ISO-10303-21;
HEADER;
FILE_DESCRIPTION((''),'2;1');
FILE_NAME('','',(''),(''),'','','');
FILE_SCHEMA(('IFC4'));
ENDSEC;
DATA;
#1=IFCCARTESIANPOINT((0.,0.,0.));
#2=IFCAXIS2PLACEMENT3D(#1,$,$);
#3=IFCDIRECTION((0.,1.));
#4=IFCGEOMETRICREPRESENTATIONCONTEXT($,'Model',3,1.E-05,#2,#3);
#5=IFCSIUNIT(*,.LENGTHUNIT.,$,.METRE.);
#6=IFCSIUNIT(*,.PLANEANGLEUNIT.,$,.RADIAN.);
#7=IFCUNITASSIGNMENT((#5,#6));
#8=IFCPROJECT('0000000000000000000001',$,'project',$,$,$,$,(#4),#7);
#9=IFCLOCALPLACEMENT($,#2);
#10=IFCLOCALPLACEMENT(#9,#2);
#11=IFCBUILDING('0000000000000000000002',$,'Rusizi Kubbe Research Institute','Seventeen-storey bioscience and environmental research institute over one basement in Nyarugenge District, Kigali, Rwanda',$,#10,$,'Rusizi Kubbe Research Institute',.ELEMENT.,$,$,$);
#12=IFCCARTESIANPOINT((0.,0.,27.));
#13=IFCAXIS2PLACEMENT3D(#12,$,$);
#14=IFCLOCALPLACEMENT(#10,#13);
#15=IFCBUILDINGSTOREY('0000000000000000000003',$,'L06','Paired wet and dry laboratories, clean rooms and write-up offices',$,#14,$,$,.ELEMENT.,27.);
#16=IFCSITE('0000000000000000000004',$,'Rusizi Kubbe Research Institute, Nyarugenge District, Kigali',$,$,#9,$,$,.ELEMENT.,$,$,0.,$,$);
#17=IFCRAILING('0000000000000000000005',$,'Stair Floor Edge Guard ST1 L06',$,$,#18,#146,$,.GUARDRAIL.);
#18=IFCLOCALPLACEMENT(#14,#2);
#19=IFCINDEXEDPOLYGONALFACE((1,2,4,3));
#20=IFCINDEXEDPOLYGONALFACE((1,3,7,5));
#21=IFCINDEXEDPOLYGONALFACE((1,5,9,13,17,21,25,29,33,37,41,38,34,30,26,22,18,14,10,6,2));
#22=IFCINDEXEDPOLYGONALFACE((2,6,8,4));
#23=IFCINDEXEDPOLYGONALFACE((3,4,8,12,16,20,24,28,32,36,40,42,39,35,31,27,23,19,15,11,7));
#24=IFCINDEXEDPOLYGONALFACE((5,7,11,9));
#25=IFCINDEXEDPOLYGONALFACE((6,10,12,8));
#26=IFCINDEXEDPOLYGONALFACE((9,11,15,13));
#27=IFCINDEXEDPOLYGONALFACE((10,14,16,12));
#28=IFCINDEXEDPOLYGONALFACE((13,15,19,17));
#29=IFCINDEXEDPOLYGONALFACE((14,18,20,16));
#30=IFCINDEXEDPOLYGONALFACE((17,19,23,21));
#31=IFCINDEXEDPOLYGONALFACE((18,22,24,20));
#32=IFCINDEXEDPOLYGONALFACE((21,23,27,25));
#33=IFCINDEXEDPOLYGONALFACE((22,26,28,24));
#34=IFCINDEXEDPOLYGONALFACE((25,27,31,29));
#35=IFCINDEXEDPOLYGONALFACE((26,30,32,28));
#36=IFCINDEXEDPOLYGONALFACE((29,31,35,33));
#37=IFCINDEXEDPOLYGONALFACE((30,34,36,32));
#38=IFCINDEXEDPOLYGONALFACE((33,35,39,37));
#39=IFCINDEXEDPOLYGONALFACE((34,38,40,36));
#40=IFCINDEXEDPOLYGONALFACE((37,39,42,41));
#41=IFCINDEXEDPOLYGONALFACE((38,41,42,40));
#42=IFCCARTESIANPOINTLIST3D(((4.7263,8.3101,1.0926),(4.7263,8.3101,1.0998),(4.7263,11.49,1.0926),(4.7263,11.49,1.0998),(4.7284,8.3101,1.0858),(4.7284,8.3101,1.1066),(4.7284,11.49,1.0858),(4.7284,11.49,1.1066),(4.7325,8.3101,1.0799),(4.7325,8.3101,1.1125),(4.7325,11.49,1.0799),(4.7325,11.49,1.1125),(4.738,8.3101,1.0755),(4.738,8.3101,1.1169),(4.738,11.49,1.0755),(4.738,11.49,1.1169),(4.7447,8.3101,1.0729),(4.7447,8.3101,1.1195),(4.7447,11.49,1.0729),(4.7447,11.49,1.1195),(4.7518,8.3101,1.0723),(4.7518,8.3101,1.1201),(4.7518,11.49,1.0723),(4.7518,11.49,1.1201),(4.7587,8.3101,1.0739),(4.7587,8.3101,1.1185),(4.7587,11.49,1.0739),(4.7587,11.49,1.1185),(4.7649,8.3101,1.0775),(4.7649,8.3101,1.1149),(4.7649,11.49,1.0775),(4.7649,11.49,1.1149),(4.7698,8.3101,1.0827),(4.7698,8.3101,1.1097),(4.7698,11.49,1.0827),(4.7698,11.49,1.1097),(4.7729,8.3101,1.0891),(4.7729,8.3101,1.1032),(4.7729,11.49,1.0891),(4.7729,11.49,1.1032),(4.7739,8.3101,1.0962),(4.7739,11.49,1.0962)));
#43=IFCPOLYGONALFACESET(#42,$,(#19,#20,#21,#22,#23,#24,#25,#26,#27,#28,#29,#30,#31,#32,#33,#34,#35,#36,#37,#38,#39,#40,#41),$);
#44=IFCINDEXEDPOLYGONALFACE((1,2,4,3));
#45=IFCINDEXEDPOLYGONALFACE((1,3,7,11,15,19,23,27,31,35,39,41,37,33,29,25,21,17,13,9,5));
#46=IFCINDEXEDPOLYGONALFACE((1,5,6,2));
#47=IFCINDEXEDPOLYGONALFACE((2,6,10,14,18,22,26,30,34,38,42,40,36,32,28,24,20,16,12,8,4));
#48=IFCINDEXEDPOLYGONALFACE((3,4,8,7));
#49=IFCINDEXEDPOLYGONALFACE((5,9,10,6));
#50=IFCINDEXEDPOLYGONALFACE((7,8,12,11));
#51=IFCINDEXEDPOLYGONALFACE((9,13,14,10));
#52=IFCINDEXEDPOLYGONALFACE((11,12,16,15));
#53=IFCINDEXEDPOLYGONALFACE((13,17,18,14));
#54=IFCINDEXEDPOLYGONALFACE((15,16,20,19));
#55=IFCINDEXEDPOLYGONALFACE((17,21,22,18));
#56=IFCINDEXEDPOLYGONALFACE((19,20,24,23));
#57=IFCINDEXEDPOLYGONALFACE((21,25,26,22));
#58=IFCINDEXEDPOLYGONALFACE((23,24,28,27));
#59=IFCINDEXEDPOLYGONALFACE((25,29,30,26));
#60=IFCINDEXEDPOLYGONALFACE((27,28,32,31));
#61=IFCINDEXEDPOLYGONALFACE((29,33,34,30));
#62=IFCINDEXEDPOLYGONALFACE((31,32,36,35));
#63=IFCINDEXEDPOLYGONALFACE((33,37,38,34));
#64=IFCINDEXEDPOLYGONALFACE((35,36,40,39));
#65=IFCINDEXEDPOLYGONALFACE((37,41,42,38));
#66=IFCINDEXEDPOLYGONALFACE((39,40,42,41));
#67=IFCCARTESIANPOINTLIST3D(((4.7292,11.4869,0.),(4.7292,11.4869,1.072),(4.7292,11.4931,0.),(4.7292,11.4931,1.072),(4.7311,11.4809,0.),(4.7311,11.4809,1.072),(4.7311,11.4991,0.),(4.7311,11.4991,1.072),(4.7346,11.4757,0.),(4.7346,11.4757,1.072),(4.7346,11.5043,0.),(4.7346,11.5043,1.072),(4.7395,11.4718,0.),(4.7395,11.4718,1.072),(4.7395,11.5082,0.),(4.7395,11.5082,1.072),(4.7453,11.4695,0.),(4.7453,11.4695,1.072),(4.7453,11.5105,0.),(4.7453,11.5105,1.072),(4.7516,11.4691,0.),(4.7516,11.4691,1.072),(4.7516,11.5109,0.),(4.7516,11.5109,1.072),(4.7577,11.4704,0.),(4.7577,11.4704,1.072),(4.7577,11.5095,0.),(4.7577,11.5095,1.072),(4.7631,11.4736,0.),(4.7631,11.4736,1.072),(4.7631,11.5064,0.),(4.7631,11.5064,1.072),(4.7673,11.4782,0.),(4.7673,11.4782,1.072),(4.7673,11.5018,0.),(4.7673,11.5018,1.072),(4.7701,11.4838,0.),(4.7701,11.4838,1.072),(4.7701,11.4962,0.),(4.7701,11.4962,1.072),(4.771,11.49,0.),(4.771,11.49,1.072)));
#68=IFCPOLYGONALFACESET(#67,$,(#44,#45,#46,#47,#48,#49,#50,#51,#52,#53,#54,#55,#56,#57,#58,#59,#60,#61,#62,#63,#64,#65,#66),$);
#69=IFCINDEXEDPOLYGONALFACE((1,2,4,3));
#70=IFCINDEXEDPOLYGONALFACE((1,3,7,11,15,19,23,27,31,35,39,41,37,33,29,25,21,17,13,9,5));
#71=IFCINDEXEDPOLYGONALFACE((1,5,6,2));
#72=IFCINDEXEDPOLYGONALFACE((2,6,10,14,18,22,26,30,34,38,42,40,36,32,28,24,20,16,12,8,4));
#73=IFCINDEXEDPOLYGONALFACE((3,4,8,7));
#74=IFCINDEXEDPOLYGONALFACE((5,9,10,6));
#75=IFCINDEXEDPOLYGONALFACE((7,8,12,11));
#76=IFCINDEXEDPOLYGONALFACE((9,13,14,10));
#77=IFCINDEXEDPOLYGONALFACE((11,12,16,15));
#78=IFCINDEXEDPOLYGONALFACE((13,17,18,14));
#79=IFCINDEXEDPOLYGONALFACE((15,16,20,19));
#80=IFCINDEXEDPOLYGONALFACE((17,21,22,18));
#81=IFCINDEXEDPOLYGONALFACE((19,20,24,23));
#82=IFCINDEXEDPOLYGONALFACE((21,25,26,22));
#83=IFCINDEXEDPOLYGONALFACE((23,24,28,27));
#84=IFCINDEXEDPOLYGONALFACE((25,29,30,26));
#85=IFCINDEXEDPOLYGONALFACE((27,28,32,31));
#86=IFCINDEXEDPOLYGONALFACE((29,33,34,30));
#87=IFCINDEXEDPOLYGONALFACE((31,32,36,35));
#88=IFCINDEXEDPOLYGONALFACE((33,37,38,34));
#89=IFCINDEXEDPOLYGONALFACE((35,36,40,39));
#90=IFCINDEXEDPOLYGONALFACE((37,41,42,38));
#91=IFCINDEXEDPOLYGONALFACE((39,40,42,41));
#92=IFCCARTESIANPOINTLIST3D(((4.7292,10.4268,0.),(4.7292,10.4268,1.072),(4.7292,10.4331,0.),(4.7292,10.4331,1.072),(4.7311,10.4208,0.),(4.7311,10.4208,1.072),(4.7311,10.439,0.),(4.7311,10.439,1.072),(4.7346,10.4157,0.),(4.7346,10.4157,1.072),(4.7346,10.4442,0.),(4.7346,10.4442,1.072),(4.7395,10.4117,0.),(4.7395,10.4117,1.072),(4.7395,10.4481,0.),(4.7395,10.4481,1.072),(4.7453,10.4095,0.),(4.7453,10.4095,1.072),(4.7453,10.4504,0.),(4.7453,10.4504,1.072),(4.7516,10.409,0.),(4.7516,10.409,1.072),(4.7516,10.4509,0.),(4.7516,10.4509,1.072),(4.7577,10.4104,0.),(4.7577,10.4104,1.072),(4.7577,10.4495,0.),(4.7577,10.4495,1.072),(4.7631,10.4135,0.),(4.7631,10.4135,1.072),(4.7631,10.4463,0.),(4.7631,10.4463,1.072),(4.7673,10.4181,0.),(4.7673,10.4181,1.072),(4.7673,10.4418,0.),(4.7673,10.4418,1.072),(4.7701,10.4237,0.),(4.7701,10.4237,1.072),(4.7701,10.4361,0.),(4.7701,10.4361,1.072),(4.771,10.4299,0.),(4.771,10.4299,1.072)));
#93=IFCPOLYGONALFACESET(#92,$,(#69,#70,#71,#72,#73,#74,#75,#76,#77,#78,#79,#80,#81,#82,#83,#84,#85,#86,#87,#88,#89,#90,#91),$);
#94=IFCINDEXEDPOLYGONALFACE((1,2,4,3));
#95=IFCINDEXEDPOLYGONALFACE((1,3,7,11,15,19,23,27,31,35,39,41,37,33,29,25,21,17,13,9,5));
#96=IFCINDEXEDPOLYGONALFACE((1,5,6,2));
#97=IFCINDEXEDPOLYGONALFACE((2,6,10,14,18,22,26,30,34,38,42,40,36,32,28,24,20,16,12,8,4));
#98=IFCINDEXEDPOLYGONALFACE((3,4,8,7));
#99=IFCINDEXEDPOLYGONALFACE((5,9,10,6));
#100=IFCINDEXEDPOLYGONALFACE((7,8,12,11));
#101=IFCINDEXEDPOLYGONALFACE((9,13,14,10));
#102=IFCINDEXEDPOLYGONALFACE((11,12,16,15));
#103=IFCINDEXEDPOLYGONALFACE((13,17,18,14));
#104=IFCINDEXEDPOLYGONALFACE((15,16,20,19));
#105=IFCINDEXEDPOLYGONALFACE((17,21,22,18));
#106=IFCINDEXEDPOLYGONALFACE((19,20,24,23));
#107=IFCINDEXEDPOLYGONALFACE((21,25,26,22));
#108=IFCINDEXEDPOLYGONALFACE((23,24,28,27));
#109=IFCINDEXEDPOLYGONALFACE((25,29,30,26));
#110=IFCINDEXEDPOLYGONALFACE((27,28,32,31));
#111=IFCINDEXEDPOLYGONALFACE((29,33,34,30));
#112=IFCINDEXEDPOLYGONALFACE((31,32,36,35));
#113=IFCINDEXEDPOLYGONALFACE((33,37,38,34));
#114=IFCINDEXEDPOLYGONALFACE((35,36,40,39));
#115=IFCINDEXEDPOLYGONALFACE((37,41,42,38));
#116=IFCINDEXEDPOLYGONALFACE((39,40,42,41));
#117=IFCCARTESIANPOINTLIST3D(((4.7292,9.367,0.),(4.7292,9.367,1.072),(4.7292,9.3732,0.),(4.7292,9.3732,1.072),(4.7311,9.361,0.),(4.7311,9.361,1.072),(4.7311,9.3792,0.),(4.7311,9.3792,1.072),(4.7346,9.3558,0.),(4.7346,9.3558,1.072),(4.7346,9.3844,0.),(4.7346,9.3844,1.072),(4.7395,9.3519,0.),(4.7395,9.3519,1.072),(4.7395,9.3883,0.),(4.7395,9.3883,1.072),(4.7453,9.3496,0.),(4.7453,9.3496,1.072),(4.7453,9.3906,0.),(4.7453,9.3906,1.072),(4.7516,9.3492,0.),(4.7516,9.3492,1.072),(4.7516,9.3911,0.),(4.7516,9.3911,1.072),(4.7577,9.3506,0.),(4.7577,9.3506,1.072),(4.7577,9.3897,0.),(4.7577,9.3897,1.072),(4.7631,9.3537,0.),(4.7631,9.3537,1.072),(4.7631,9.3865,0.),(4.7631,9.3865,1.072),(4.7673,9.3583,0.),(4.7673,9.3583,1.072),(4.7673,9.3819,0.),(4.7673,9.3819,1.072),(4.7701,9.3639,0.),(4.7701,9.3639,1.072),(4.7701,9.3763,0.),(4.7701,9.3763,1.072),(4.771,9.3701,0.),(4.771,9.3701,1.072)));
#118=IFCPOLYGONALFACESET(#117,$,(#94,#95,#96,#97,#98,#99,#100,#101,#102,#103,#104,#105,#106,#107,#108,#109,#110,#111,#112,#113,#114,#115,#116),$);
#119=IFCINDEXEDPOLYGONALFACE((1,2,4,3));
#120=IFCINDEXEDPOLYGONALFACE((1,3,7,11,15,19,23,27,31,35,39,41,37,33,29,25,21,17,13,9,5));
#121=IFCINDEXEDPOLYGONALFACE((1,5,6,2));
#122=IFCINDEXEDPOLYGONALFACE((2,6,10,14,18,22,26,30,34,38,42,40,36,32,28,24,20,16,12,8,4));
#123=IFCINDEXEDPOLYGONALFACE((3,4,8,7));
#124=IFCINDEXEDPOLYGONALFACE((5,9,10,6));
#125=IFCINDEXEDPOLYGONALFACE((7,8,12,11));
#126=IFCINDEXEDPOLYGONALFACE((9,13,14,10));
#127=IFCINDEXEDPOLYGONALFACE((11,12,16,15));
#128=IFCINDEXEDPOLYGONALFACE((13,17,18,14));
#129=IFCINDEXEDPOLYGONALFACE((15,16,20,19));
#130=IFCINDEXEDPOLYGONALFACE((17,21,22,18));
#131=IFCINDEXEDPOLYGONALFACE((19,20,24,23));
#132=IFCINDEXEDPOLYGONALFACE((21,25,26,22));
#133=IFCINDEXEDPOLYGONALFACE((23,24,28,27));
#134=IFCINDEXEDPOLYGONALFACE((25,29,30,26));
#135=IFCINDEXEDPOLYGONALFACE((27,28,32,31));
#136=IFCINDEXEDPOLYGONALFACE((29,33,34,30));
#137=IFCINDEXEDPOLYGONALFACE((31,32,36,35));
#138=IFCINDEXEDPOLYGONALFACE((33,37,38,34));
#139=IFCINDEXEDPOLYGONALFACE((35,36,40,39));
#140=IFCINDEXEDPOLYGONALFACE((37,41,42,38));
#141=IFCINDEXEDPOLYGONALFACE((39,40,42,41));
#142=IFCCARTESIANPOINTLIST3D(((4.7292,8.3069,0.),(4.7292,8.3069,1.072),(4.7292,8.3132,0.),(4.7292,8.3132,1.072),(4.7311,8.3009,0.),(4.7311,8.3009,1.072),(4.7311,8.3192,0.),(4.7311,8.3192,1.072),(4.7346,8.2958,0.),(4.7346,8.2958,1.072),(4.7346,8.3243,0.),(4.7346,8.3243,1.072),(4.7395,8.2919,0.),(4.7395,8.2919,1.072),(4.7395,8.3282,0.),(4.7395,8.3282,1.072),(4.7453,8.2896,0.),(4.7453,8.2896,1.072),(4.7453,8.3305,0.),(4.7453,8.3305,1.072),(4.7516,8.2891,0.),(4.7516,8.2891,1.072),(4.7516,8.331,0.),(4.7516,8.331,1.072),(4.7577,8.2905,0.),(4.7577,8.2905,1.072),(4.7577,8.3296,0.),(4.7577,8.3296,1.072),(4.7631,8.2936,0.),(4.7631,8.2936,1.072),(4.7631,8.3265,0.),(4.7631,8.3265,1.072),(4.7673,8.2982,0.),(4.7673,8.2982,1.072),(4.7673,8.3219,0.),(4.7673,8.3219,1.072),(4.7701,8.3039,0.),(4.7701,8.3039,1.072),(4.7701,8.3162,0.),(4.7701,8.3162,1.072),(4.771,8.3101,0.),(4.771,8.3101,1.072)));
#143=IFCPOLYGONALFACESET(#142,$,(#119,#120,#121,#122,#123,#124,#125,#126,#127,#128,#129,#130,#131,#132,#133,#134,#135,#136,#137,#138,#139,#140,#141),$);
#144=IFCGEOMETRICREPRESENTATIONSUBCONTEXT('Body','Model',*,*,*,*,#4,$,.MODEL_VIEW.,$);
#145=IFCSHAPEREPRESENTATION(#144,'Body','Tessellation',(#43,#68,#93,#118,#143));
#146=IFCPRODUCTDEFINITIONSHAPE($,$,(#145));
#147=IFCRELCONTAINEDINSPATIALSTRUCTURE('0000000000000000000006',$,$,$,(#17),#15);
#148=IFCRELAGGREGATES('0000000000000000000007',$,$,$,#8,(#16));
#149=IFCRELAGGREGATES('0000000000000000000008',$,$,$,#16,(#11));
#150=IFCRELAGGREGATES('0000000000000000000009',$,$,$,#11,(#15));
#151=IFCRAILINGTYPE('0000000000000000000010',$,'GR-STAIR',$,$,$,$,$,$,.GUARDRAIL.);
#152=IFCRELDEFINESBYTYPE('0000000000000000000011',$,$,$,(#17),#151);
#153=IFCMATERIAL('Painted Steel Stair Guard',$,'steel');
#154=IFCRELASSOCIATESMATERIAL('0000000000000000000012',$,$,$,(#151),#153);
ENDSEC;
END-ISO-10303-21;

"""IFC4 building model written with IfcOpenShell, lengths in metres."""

from ifc_helpers import new_model, si_unit, direction, frame, origin, origin_2d, place, context, subcontext, project, spatial, circle, extrude, material, type_object, element, save


model = new_model("IFC4")

# Units and contexts
model_context = context("Model", 3, precision=1e-05, world=origin(), true_north=direction((0.0, 1.0)))
body_context = subcontext(model_context, "Body", "Model", "MODEL_VIEW")
ifc_project = project(units=[si_unit("LENGTHUNIT", "METRE"), si_unit("PLANEANGLEUNIT", "RADIAN")], contexts=[model_context])

# Site, building, storey
site_placement = place(None, origin())
site = spatial("IfcSite", under=ifc_project, at=site_placement, Name="Rusizi Kubbe Research Institute, Nyarugenge District, Kigali", CompositionType="ELEMENT", RefElevation=0.0)
building_placement = place(site_placement, origin())
building = spatial("IfcBuilding", under=site, at=building_placement, Name="Rusizi Kubbe Research Institute", Description="Seventeen-storey bioscience and environmental research institute over one basement in Nyarugenge District, Kigali, Rwanda", LongName="Rusizi Kubbe Research Institute", CompositionType="ELEMENT")
storey_placement = place(building_placement, frame((0.0, 0.0, 27.0)))
storey = spatial("IfcBuildingStorey", under=building, at=storey_placement, Name="L06", Description="Paired wet and dry laboratories, clean rooms and write-up offices", CompositionType="ELEMENT", Elevation=27.0)

# Railing
ifc_material_1 = material(Name="Painted Steel Stair Guard", Category="steel")
railing_type_1 = type_object("IfcRailingType", Name="GR-STAIR", PredefinedType="GUARDRAIL", material=ifc_material_1)
railing_1_placement = place(storey_placement, frame((4.75, 11.49, 0.0)))
element("IfcRailing", 1, at=railing_1_placement, inside=storey, type_object=railing_type_1, Name="Stair Floor Edge Guard ST1 L06", PredefinedType="GUARDRAIL", context=body_context, shape_type="SweptSolid", body=[
    extrude(circle(Radius=0.0239, at=origin_2d()), frame((0.0, 0.0, 1.0962), z_axis=(0.0, -1.0, 0.0), x_axis=(1.0, 0.0, 0.0)), (0.0, 0.0, 1.0), 3.1799),
    extrude(circle(Radius=0.021, at=origin_2d()), origin(), (0.0, 0.0, 1.0), 1.072),
    extrude(circle(Radius=0.021, at=origin_2d()), frame((0.0, -1.0601, 0.0)), (0.0, 0.0, 1.0), 1.072),
    extrude(circle(Radius=0.021, at=origin_2d()), frame((0.0, -2.1199, 0.0)), (0.0, 0.0, 1.0), 1.072),
    extrude(circle(Radius=0.021, at=origin_2d()), frame((0.0, -3.1799, 0.0)), (0.0, 0.0, 1.0), 1.072),
])

save(model, "model.ifc")
